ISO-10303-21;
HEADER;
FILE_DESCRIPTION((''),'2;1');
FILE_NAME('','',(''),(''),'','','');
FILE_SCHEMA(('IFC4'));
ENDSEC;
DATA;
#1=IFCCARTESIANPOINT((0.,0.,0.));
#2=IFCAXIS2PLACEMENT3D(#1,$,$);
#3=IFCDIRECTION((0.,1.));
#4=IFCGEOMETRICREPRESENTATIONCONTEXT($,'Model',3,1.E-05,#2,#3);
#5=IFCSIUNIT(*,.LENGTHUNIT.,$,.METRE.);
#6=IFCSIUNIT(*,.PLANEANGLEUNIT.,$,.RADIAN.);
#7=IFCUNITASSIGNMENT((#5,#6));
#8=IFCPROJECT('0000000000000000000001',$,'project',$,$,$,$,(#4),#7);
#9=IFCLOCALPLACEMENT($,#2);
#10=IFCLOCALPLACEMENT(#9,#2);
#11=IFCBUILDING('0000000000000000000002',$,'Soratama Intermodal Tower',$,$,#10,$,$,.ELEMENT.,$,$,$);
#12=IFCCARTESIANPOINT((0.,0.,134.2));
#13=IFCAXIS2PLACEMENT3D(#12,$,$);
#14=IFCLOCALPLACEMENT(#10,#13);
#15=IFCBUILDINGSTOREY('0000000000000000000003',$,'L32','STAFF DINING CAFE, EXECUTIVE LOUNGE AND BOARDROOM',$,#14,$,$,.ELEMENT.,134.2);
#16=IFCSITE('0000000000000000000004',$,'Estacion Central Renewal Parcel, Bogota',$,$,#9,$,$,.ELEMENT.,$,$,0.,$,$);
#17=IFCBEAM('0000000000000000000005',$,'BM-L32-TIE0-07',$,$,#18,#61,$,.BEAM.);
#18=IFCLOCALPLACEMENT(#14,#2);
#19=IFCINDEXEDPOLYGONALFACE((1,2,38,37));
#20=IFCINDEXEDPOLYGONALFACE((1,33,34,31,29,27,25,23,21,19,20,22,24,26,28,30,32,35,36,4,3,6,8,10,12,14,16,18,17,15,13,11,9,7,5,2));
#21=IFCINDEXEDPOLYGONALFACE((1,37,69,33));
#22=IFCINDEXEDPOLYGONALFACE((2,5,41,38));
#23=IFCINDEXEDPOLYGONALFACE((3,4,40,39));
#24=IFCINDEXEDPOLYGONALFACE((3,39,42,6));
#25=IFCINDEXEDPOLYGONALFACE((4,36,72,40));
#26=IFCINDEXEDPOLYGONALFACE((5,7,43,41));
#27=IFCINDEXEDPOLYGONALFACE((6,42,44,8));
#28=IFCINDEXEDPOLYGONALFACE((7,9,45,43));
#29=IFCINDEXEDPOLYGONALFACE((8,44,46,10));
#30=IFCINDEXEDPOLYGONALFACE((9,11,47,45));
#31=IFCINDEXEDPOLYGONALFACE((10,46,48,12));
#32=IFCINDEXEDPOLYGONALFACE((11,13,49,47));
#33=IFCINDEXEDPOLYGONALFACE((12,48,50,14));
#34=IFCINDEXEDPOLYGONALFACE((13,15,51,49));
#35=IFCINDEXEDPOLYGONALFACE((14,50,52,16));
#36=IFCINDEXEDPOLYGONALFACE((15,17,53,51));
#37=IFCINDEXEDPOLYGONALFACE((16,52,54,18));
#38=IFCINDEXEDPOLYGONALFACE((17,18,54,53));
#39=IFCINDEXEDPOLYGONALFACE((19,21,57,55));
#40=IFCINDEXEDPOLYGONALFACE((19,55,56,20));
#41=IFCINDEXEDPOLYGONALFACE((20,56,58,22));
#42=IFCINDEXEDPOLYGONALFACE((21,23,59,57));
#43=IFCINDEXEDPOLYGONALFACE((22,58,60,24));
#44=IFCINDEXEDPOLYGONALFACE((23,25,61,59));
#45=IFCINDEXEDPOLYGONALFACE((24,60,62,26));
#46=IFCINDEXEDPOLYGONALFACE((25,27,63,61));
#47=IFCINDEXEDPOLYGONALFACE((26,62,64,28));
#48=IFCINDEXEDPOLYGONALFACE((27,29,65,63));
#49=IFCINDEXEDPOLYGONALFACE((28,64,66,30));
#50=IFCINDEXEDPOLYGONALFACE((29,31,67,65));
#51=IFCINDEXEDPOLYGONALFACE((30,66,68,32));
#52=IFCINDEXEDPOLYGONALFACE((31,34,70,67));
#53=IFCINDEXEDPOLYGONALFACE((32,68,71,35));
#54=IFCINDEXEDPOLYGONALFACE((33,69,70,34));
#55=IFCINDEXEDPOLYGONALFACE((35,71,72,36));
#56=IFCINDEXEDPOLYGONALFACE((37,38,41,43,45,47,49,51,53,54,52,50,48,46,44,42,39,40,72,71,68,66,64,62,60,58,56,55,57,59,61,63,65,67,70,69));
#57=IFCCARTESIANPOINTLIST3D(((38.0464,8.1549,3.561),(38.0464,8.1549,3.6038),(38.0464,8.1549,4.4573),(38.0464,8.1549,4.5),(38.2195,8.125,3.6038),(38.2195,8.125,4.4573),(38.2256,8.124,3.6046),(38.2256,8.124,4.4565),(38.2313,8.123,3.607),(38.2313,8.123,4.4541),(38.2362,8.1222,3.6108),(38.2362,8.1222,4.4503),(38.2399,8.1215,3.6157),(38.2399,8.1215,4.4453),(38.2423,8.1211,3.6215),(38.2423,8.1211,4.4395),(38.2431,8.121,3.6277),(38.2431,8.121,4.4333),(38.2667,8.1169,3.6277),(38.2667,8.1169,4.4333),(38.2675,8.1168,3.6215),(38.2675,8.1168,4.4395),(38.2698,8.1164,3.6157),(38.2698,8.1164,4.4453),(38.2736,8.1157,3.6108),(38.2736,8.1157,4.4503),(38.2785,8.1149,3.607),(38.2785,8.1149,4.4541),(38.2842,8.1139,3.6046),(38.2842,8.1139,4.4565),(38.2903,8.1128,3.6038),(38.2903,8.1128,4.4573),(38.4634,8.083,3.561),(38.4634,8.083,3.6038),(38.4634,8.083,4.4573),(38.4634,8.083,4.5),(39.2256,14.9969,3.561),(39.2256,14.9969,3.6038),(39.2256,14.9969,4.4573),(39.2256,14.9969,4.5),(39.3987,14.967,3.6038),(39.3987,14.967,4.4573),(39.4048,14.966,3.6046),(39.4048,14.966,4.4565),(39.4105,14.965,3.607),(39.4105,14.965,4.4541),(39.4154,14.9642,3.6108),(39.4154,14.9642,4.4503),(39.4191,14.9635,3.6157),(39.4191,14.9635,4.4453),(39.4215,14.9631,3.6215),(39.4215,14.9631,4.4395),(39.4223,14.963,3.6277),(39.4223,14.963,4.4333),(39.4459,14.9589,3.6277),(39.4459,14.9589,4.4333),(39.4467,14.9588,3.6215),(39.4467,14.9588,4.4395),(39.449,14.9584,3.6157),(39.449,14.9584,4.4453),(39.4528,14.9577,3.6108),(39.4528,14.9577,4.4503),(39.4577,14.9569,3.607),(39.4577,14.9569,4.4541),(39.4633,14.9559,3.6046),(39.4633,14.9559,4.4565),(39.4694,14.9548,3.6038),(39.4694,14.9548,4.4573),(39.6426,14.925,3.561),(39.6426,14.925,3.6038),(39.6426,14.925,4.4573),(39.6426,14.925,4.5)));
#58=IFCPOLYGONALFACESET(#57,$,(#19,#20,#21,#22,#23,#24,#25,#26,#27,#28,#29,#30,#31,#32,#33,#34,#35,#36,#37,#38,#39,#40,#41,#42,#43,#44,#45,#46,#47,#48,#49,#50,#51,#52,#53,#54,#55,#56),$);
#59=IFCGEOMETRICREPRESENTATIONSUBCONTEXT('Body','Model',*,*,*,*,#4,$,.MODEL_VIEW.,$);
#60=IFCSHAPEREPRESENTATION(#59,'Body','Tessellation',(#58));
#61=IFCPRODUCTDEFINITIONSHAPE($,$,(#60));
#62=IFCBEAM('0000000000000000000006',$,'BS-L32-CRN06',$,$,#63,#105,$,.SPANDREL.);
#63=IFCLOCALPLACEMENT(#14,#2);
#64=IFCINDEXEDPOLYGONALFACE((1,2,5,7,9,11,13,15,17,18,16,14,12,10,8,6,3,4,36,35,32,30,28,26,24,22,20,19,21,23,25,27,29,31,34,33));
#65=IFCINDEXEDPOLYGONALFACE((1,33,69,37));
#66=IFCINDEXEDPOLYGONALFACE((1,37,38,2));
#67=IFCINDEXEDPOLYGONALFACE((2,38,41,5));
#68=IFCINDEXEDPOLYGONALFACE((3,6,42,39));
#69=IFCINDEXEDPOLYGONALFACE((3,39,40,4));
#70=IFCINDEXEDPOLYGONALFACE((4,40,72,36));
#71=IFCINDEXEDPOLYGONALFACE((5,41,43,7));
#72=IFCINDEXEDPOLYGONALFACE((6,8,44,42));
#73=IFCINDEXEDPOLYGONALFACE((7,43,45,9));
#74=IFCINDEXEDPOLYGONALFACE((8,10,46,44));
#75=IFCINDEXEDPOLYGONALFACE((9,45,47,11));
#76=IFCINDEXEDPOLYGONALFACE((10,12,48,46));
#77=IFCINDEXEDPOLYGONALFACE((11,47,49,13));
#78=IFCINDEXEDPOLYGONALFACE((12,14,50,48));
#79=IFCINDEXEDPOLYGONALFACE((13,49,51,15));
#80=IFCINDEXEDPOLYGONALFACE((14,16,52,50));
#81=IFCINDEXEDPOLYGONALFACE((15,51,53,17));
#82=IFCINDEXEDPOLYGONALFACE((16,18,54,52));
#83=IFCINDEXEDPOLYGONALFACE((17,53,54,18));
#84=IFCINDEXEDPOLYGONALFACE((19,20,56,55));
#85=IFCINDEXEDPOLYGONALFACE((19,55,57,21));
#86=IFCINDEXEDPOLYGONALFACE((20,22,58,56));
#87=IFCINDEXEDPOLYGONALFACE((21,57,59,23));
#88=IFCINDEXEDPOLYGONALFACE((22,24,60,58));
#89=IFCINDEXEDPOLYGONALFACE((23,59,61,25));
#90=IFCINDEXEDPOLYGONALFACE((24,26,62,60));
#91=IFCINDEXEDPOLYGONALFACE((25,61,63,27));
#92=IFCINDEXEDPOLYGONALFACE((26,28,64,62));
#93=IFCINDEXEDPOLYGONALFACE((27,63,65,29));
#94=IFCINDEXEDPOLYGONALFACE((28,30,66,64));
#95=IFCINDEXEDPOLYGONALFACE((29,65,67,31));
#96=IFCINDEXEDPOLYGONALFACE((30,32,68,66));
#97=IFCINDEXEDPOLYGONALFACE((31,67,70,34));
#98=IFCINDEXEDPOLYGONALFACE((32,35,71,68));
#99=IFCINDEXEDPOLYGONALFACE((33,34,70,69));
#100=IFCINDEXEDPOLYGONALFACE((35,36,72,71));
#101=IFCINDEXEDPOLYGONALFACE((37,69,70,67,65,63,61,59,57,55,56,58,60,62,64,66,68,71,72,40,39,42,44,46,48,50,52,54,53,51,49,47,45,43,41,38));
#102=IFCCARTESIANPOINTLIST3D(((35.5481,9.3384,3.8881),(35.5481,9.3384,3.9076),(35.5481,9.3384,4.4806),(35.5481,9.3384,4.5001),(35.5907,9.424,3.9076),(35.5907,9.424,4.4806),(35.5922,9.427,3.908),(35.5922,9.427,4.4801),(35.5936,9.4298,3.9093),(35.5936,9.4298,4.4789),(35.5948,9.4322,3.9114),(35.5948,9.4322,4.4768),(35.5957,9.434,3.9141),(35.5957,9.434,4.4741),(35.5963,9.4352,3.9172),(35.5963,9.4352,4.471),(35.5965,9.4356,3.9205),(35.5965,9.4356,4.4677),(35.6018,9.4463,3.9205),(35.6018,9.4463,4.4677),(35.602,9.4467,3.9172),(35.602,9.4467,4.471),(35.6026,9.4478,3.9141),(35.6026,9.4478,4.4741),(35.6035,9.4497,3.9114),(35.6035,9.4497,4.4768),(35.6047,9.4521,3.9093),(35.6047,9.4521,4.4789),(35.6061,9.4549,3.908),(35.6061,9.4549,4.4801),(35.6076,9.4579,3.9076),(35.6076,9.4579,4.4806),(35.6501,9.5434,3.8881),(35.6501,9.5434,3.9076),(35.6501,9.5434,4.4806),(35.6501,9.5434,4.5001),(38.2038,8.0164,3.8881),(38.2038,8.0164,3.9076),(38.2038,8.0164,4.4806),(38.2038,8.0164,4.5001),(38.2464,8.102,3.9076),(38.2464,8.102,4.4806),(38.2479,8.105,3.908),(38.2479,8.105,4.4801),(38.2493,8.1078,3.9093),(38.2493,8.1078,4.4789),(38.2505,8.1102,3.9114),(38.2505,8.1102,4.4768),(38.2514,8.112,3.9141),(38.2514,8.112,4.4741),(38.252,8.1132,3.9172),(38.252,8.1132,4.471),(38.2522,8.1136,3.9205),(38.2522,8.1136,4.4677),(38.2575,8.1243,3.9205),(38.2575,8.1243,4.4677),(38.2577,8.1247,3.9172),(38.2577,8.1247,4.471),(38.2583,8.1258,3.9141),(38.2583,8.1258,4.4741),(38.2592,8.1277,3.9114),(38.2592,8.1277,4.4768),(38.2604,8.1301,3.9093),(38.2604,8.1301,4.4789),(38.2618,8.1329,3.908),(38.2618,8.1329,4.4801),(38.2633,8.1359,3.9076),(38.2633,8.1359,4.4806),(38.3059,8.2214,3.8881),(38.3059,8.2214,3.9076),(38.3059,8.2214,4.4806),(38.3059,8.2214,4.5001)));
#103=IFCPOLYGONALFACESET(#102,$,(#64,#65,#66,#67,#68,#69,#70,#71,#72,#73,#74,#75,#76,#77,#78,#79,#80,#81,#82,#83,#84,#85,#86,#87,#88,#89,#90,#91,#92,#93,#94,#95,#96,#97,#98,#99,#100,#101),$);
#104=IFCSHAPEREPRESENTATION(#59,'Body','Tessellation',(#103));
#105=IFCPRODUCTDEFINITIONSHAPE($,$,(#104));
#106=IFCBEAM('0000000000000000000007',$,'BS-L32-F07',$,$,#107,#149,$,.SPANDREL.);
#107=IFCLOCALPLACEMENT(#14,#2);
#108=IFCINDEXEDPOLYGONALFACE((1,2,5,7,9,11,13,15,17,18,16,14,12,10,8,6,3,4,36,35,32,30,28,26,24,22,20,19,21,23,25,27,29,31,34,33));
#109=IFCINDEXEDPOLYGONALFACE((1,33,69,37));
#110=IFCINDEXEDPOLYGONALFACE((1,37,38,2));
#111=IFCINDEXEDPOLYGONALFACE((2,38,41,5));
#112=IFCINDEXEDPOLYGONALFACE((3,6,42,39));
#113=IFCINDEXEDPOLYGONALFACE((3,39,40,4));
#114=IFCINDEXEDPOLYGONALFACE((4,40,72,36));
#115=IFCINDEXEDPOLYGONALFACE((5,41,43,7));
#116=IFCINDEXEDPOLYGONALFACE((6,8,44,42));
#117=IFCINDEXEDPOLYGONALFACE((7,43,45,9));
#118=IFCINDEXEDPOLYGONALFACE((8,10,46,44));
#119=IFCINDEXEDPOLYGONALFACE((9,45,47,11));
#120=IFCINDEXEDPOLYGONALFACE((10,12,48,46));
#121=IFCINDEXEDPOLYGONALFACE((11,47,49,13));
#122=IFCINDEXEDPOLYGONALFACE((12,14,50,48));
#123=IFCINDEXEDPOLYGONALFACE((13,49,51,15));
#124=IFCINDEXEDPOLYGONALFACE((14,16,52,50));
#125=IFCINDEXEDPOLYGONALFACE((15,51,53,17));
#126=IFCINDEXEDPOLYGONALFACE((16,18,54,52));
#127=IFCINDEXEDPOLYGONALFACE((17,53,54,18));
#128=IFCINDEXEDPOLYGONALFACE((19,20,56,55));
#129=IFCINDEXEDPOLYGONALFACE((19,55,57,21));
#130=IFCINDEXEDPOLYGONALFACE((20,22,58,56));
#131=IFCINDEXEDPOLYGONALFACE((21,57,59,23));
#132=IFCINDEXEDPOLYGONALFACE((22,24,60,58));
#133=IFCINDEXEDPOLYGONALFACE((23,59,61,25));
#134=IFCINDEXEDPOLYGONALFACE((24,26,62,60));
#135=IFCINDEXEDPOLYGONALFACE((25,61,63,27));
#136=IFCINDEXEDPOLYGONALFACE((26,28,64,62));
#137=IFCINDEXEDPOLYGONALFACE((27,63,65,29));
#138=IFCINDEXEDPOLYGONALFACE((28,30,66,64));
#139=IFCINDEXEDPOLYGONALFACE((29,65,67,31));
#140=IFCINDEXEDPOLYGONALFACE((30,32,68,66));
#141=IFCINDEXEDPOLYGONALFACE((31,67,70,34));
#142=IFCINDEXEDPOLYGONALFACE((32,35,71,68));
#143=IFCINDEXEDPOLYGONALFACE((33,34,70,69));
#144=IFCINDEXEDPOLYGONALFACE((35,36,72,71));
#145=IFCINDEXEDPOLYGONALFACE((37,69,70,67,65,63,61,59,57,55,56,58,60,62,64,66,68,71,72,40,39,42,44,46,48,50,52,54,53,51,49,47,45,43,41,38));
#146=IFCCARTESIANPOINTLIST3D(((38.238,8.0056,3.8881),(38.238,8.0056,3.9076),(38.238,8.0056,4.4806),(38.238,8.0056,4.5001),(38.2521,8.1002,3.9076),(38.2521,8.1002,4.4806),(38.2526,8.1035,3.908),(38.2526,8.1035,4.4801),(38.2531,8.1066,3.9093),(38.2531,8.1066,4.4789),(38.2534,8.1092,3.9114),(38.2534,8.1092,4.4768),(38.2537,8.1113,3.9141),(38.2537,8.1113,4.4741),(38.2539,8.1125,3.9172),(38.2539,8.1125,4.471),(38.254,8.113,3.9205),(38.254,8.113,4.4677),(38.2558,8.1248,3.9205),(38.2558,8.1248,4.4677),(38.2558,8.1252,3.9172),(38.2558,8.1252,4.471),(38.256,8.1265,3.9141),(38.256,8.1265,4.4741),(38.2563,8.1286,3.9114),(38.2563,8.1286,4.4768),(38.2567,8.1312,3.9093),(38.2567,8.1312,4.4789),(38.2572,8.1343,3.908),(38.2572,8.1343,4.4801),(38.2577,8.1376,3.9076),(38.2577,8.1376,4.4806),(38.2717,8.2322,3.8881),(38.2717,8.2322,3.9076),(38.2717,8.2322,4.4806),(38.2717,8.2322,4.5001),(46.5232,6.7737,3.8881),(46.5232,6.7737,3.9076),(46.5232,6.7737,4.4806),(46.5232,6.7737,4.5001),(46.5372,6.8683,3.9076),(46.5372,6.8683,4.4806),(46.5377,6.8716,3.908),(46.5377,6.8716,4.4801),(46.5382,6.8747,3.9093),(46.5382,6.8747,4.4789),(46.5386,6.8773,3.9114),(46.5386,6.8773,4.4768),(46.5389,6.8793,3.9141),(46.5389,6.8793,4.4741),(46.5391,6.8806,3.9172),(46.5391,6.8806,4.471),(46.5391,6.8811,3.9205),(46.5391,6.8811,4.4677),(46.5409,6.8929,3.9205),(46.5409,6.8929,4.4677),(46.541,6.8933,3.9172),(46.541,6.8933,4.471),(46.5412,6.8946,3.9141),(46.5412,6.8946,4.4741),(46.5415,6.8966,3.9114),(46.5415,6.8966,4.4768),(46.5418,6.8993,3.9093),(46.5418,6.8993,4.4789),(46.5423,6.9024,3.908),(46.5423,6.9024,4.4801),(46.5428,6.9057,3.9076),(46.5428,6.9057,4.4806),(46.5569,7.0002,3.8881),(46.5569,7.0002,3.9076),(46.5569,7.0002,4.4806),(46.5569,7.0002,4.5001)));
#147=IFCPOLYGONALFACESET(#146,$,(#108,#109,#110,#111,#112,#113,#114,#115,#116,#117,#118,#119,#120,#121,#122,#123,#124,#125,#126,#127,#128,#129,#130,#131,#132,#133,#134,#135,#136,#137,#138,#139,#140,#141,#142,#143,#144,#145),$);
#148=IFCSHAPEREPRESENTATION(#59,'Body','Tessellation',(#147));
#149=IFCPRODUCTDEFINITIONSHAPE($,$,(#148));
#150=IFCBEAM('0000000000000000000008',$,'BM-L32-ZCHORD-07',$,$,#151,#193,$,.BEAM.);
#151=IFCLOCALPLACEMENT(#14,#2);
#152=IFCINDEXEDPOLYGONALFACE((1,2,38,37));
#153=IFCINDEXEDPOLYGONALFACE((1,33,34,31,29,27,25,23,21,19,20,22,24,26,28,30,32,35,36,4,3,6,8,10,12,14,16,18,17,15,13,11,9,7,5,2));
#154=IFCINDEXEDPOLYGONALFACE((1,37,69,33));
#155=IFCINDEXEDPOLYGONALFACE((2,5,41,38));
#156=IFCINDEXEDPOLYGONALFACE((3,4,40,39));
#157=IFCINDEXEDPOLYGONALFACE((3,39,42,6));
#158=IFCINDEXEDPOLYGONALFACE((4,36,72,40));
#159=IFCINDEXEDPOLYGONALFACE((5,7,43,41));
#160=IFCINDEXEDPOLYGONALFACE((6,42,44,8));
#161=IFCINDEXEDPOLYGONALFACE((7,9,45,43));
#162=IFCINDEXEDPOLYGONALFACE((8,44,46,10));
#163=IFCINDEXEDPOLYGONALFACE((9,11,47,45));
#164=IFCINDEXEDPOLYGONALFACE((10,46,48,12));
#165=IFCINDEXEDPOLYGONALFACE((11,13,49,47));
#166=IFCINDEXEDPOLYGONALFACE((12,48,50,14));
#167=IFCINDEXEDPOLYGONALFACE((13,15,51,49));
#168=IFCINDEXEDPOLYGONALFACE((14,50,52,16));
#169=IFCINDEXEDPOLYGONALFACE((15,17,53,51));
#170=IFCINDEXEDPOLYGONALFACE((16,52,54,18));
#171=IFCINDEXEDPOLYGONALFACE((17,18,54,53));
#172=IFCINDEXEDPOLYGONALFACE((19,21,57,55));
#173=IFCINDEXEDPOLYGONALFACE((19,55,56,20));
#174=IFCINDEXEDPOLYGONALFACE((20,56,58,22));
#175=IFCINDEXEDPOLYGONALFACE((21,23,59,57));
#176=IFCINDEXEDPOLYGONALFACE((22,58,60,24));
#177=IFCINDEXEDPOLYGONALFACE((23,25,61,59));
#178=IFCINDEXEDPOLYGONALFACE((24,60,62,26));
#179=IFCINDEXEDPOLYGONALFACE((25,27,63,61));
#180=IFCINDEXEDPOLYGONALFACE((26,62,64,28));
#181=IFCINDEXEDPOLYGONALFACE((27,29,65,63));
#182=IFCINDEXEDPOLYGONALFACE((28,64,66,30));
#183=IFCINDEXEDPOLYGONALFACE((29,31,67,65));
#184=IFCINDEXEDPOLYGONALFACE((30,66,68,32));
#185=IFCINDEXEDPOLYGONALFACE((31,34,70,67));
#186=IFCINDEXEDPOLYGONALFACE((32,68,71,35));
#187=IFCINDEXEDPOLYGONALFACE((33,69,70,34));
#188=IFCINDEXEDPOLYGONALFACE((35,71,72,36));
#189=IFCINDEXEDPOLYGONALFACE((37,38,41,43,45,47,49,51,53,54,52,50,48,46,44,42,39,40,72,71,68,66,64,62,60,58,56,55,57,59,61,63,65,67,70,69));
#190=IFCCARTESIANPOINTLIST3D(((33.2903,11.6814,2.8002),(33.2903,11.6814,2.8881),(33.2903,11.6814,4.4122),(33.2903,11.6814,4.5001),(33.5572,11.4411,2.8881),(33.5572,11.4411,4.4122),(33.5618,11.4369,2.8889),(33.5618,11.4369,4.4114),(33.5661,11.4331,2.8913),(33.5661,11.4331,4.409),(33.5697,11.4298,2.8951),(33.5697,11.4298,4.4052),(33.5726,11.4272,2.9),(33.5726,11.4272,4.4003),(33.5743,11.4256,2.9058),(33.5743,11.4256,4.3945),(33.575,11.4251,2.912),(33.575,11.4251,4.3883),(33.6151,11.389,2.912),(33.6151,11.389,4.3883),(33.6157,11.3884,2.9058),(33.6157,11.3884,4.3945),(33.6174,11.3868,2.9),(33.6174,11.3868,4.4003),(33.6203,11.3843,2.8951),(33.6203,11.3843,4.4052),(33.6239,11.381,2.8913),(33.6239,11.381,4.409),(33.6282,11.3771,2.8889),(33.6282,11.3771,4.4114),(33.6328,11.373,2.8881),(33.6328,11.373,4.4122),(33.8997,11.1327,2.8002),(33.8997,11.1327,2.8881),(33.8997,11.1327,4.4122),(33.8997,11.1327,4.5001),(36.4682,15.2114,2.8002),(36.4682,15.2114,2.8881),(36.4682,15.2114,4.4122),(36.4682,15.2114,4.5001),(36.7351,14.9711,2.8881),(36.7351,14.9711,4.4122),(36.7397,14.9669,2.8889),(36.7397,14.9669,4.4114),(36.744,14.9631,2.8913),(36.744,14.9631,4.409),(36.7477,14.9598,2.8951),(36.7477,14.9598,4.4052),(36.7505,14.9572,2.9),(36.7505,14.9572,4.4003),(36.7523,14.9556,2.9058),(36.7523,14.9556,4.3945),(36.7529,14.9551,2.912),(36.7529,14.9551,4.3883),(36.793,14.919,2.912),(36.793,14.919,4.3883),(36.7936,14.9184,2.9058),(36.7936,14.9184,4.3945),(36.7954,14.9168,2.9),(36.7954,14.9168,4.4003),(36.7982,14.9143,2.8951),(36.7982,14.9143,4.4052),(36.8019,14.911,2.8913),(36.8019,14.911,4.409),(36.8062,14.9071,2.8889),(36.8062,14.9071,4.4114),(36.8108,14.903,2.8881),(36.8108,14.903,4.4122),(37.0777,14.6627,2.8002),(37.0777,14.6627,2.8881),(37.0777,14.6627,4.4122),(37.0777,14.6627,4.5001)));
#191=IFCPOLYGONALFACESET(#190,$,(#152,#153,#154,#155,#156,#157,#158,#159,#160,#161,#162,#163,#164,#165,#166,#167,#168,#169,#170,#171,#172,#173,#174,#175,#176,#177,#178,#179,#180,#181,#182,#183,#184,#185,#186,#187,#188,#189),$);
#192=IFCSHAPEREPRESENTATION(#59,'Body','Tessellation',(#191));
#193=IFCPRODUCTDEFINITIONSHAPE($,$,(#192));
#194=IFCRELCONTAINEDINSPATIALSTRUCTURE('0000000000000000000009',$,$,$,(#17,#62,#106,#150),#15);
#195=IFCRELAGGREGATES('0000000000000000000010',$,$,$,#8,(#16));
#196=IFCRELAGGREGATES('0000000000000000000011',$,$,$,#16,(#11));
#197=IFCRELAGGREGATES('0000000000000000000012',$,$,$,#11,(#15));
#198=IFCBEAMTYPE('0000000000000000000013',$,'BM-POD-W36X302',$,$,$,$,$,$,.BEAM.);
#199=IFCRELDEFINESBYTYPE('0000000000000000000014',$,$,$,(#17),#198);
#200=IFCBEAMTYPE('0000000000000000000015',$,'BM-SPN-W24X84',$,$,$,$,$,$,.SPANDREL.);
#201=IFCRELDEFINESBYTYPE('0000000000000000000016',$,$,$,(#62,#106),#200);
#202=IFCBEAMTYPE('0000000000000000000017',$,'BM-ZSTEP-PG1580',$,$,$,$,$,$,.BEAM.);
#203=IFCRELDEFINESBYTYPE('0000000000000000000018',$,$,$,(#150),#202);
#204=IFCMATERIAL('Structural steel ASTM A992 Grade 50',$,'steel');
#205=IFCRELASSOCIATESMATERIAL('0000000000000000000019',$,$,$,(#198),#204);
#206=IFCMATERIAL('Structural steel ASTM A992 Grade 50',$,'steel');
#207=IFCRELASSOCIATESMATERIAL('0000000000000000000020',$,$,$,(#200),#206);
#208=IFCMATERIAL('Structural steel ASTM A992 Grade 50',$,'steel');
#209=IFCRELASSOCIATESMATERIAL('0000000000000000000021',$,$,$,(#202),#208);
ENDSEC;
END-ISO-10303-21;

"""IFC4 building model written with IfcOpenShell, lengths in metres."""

from ifc_helpers import new_model, si_unit, direction, frame, origin, origin_2d, place, context, subcontext, project, spatial, i_section, extrude, material, material_profile, profile_set, type_object, element, save


model = new_model("IFC4")

# Units and contexts
model_context = context("Model", 3, precision=1e-05, world=origin(), true_north=direction((0.0, 1.0)))
body_context = subcontext(model_context, "Body", "Model", "MODEL_VIEW")
ifc_project = project(units=[si_unit("LENGTHUNIT", "METRE"), si_unit("PLANEANGLEUNIT", "RADIAN")], contexts=[model_context])

# Site, building, storey
site_placement = place(None, origin())
site = spatial("IfcSite", under=ifc_project, at=site_placement, Name="Estacion Central Renewal Parcel, Bogota", CompositionType="ELEMENT", RefElevation=0.0)
building_placement = place(site_placement, origin())
building = spatial("IfcBuilding", under=site, at=building_placement, Name="Soratama Intermodal Tower", CompositionType="ELEMENT")
storey_placement = place(building_placement, frame((0.0, 0.0, 134.2)))
storey = spatial("IfcBuildingStorey", under=building, at=storey_placement, Name="L32", Description="STAFF DINING CAFE, EXECUTIVE LOUNGE AND BOARDROOM", CompositionType="ELEMENT", Elevation=134.2)

# Beams
ifc_material_1 = material(Name="Structural steel ASTM A992 Grade 50", Category="steel")
ifc_material_profile_1 = material_profile(ifc_material_1, i_section(OverallWidth=0.4231, OverallDepth=0.939, WebThickness=0.0239, FlangeThickness=0.0427, FilletRadius=0.0239, at=origin_2d()), Name="W36X302")
ifc_profile_set_1 = profile_set([ifc_material_profile_1], Name="Structural steel ASTM A992 Grade 50")
beam_type_1 = type_object("IfcBeamType", Name="BM-POD-W36X302", PredefinedType="BEAM", material=ifc_profile_set_1)
beam_1_placement = place(storey_placement, frame((39.4341, 14.9609, 4.0305), z_axis=(-0.169842, -0.985471, 0.0), x_axis=(0.985471, -0.169842, 0.0)))
element("IfcBeam", 1, at=beam_1_placement, inside=storey, type_object=beam_type_1, Name="BM-L32-TIE0-07", PredefinedType="BEAM", context=body_context, shape_type="SweptSolid", body=[
    extrude(i_section(OverallWidth=0.4231, OverallDepth=0.939, WebThickness=0.0239, FlangeThickness=0.0427, FilletRadius=0.0239, at=origin_2d()), origin(), (0.0, 0.0, 1.0), 6.9429),
])
ifc_material_2 = material(Name="Structural steel ASTM A992 Grade 50", Category="steel")
ifc_material_profile_2 = material_profile(ifc_material_2, i_section(OverallWidth=0.229, OverallDepth=0.6121, WebThickness=0.012, FlangeThickness=0.0195, FilletRadius=0.0129, at=origin_2d()), Name="W24X84")
ifc_profile_set_2 = profile_set([ifc_material_profile_2], Name="Structural steel ASTM A992 Grade 50")
beam_type_2 = type_object("IfcBeamType", Name="BM-SPN-W24X84", PredefinedType="SPANDREL", material=ifc_profile_set_2)
beam_2_placement = place(storey_placement, frame((35.5991, 9.4409, 4.1941), z_axis=(0.895216, -0.445633, 0.0), x_axis=(0.445633, 0.895216, 0.0)))
element("IfcBeam", 2, at=beam_2_placement, inside=storey, type_object=beam_type_2, Name="BS-L32-CRN06", PredefinedType="SPANDREL", context=body_context, shape_type="SweptSolid", body=[
    extrude(i_section(OverallWidth=0.229, OverallDepth=0.6121, WebThickness=0.012, FlangeThickness=0.0195, FilletRadius=0.0129, at=origin_2d()), origin(), (0.0, 0.0, 1.0), 2.9666),
])
beam_3_placement = place(storey_placement, frame((38.2549, 8.1189, 4.1941), z_axis=(0.989125, -0.147075, 0.0), x_axis=(0.147075, 0.989125, 0.0)))
element("IfcBeam", 3, at=beam_3_placement, inside=storey, type_object=beam_type_2, Name="BS-L32-F07", PredefinedType="SPANDREL", context=body_context, shape_type="SweptSolid", body=[
    extrude(i_section(OverallWidth=0.229, OverallDepth=0.6121, WebThickness=0.012, FlangeThickness=0.0195, FilletRadius=0.0129, at=origin_2d()), origin(), (0.0, 0.0, 1.0), 8.3762),
])
ifc_material_3 = material(Name="Structural steel ASTM A992 Grade 50", Category="steel")
ifc_material_profile_3 = material_profile(ifc_material_3, i_section(OverallWidth=0.8201, OverallDepth=1.7, WebThickness=0.054, FlangeThickness=0.0879, FilletRadius=0.0239, at=origin_2d()), Name="PG1580X800")
ifc_profile_set_3 = profile_set([ifc_material_profile_3], Name="Structural steel ASTM A992 Grade 50")
beam_type_3 = type_object("IfcBeamType", Name="BM-ZSTEP-PG1580", PredefinedType="BEAM", material=ifc_profile_set_3)
beam_4_placement = place(storey_placement, frame((36.7729, 14.937, 3.6501), z_axis=(-0.669075, -0.743194, 0.0), x_axis=(0.743194, -0.669075, 0.0)))
element("IfcBeam", 4, at=beam_4_placement, inside=storey, type_object=beam_type_3, Name="BM-L32-ZCHORD-07", PredefinedType="BEAM", context=body_context, shape_type="SweptSolid", body=[
    extrude(i_section(OverallWidth=0.8201, OverallDepth=1.7, WebThickness=0.054, FlangeThickness=0.0879, FilletRadius=0.0239, at=origin_2d()), origin(), (0.0, 0.0, 1.0), 4.7498),
])

save(model, "model.ifc")
